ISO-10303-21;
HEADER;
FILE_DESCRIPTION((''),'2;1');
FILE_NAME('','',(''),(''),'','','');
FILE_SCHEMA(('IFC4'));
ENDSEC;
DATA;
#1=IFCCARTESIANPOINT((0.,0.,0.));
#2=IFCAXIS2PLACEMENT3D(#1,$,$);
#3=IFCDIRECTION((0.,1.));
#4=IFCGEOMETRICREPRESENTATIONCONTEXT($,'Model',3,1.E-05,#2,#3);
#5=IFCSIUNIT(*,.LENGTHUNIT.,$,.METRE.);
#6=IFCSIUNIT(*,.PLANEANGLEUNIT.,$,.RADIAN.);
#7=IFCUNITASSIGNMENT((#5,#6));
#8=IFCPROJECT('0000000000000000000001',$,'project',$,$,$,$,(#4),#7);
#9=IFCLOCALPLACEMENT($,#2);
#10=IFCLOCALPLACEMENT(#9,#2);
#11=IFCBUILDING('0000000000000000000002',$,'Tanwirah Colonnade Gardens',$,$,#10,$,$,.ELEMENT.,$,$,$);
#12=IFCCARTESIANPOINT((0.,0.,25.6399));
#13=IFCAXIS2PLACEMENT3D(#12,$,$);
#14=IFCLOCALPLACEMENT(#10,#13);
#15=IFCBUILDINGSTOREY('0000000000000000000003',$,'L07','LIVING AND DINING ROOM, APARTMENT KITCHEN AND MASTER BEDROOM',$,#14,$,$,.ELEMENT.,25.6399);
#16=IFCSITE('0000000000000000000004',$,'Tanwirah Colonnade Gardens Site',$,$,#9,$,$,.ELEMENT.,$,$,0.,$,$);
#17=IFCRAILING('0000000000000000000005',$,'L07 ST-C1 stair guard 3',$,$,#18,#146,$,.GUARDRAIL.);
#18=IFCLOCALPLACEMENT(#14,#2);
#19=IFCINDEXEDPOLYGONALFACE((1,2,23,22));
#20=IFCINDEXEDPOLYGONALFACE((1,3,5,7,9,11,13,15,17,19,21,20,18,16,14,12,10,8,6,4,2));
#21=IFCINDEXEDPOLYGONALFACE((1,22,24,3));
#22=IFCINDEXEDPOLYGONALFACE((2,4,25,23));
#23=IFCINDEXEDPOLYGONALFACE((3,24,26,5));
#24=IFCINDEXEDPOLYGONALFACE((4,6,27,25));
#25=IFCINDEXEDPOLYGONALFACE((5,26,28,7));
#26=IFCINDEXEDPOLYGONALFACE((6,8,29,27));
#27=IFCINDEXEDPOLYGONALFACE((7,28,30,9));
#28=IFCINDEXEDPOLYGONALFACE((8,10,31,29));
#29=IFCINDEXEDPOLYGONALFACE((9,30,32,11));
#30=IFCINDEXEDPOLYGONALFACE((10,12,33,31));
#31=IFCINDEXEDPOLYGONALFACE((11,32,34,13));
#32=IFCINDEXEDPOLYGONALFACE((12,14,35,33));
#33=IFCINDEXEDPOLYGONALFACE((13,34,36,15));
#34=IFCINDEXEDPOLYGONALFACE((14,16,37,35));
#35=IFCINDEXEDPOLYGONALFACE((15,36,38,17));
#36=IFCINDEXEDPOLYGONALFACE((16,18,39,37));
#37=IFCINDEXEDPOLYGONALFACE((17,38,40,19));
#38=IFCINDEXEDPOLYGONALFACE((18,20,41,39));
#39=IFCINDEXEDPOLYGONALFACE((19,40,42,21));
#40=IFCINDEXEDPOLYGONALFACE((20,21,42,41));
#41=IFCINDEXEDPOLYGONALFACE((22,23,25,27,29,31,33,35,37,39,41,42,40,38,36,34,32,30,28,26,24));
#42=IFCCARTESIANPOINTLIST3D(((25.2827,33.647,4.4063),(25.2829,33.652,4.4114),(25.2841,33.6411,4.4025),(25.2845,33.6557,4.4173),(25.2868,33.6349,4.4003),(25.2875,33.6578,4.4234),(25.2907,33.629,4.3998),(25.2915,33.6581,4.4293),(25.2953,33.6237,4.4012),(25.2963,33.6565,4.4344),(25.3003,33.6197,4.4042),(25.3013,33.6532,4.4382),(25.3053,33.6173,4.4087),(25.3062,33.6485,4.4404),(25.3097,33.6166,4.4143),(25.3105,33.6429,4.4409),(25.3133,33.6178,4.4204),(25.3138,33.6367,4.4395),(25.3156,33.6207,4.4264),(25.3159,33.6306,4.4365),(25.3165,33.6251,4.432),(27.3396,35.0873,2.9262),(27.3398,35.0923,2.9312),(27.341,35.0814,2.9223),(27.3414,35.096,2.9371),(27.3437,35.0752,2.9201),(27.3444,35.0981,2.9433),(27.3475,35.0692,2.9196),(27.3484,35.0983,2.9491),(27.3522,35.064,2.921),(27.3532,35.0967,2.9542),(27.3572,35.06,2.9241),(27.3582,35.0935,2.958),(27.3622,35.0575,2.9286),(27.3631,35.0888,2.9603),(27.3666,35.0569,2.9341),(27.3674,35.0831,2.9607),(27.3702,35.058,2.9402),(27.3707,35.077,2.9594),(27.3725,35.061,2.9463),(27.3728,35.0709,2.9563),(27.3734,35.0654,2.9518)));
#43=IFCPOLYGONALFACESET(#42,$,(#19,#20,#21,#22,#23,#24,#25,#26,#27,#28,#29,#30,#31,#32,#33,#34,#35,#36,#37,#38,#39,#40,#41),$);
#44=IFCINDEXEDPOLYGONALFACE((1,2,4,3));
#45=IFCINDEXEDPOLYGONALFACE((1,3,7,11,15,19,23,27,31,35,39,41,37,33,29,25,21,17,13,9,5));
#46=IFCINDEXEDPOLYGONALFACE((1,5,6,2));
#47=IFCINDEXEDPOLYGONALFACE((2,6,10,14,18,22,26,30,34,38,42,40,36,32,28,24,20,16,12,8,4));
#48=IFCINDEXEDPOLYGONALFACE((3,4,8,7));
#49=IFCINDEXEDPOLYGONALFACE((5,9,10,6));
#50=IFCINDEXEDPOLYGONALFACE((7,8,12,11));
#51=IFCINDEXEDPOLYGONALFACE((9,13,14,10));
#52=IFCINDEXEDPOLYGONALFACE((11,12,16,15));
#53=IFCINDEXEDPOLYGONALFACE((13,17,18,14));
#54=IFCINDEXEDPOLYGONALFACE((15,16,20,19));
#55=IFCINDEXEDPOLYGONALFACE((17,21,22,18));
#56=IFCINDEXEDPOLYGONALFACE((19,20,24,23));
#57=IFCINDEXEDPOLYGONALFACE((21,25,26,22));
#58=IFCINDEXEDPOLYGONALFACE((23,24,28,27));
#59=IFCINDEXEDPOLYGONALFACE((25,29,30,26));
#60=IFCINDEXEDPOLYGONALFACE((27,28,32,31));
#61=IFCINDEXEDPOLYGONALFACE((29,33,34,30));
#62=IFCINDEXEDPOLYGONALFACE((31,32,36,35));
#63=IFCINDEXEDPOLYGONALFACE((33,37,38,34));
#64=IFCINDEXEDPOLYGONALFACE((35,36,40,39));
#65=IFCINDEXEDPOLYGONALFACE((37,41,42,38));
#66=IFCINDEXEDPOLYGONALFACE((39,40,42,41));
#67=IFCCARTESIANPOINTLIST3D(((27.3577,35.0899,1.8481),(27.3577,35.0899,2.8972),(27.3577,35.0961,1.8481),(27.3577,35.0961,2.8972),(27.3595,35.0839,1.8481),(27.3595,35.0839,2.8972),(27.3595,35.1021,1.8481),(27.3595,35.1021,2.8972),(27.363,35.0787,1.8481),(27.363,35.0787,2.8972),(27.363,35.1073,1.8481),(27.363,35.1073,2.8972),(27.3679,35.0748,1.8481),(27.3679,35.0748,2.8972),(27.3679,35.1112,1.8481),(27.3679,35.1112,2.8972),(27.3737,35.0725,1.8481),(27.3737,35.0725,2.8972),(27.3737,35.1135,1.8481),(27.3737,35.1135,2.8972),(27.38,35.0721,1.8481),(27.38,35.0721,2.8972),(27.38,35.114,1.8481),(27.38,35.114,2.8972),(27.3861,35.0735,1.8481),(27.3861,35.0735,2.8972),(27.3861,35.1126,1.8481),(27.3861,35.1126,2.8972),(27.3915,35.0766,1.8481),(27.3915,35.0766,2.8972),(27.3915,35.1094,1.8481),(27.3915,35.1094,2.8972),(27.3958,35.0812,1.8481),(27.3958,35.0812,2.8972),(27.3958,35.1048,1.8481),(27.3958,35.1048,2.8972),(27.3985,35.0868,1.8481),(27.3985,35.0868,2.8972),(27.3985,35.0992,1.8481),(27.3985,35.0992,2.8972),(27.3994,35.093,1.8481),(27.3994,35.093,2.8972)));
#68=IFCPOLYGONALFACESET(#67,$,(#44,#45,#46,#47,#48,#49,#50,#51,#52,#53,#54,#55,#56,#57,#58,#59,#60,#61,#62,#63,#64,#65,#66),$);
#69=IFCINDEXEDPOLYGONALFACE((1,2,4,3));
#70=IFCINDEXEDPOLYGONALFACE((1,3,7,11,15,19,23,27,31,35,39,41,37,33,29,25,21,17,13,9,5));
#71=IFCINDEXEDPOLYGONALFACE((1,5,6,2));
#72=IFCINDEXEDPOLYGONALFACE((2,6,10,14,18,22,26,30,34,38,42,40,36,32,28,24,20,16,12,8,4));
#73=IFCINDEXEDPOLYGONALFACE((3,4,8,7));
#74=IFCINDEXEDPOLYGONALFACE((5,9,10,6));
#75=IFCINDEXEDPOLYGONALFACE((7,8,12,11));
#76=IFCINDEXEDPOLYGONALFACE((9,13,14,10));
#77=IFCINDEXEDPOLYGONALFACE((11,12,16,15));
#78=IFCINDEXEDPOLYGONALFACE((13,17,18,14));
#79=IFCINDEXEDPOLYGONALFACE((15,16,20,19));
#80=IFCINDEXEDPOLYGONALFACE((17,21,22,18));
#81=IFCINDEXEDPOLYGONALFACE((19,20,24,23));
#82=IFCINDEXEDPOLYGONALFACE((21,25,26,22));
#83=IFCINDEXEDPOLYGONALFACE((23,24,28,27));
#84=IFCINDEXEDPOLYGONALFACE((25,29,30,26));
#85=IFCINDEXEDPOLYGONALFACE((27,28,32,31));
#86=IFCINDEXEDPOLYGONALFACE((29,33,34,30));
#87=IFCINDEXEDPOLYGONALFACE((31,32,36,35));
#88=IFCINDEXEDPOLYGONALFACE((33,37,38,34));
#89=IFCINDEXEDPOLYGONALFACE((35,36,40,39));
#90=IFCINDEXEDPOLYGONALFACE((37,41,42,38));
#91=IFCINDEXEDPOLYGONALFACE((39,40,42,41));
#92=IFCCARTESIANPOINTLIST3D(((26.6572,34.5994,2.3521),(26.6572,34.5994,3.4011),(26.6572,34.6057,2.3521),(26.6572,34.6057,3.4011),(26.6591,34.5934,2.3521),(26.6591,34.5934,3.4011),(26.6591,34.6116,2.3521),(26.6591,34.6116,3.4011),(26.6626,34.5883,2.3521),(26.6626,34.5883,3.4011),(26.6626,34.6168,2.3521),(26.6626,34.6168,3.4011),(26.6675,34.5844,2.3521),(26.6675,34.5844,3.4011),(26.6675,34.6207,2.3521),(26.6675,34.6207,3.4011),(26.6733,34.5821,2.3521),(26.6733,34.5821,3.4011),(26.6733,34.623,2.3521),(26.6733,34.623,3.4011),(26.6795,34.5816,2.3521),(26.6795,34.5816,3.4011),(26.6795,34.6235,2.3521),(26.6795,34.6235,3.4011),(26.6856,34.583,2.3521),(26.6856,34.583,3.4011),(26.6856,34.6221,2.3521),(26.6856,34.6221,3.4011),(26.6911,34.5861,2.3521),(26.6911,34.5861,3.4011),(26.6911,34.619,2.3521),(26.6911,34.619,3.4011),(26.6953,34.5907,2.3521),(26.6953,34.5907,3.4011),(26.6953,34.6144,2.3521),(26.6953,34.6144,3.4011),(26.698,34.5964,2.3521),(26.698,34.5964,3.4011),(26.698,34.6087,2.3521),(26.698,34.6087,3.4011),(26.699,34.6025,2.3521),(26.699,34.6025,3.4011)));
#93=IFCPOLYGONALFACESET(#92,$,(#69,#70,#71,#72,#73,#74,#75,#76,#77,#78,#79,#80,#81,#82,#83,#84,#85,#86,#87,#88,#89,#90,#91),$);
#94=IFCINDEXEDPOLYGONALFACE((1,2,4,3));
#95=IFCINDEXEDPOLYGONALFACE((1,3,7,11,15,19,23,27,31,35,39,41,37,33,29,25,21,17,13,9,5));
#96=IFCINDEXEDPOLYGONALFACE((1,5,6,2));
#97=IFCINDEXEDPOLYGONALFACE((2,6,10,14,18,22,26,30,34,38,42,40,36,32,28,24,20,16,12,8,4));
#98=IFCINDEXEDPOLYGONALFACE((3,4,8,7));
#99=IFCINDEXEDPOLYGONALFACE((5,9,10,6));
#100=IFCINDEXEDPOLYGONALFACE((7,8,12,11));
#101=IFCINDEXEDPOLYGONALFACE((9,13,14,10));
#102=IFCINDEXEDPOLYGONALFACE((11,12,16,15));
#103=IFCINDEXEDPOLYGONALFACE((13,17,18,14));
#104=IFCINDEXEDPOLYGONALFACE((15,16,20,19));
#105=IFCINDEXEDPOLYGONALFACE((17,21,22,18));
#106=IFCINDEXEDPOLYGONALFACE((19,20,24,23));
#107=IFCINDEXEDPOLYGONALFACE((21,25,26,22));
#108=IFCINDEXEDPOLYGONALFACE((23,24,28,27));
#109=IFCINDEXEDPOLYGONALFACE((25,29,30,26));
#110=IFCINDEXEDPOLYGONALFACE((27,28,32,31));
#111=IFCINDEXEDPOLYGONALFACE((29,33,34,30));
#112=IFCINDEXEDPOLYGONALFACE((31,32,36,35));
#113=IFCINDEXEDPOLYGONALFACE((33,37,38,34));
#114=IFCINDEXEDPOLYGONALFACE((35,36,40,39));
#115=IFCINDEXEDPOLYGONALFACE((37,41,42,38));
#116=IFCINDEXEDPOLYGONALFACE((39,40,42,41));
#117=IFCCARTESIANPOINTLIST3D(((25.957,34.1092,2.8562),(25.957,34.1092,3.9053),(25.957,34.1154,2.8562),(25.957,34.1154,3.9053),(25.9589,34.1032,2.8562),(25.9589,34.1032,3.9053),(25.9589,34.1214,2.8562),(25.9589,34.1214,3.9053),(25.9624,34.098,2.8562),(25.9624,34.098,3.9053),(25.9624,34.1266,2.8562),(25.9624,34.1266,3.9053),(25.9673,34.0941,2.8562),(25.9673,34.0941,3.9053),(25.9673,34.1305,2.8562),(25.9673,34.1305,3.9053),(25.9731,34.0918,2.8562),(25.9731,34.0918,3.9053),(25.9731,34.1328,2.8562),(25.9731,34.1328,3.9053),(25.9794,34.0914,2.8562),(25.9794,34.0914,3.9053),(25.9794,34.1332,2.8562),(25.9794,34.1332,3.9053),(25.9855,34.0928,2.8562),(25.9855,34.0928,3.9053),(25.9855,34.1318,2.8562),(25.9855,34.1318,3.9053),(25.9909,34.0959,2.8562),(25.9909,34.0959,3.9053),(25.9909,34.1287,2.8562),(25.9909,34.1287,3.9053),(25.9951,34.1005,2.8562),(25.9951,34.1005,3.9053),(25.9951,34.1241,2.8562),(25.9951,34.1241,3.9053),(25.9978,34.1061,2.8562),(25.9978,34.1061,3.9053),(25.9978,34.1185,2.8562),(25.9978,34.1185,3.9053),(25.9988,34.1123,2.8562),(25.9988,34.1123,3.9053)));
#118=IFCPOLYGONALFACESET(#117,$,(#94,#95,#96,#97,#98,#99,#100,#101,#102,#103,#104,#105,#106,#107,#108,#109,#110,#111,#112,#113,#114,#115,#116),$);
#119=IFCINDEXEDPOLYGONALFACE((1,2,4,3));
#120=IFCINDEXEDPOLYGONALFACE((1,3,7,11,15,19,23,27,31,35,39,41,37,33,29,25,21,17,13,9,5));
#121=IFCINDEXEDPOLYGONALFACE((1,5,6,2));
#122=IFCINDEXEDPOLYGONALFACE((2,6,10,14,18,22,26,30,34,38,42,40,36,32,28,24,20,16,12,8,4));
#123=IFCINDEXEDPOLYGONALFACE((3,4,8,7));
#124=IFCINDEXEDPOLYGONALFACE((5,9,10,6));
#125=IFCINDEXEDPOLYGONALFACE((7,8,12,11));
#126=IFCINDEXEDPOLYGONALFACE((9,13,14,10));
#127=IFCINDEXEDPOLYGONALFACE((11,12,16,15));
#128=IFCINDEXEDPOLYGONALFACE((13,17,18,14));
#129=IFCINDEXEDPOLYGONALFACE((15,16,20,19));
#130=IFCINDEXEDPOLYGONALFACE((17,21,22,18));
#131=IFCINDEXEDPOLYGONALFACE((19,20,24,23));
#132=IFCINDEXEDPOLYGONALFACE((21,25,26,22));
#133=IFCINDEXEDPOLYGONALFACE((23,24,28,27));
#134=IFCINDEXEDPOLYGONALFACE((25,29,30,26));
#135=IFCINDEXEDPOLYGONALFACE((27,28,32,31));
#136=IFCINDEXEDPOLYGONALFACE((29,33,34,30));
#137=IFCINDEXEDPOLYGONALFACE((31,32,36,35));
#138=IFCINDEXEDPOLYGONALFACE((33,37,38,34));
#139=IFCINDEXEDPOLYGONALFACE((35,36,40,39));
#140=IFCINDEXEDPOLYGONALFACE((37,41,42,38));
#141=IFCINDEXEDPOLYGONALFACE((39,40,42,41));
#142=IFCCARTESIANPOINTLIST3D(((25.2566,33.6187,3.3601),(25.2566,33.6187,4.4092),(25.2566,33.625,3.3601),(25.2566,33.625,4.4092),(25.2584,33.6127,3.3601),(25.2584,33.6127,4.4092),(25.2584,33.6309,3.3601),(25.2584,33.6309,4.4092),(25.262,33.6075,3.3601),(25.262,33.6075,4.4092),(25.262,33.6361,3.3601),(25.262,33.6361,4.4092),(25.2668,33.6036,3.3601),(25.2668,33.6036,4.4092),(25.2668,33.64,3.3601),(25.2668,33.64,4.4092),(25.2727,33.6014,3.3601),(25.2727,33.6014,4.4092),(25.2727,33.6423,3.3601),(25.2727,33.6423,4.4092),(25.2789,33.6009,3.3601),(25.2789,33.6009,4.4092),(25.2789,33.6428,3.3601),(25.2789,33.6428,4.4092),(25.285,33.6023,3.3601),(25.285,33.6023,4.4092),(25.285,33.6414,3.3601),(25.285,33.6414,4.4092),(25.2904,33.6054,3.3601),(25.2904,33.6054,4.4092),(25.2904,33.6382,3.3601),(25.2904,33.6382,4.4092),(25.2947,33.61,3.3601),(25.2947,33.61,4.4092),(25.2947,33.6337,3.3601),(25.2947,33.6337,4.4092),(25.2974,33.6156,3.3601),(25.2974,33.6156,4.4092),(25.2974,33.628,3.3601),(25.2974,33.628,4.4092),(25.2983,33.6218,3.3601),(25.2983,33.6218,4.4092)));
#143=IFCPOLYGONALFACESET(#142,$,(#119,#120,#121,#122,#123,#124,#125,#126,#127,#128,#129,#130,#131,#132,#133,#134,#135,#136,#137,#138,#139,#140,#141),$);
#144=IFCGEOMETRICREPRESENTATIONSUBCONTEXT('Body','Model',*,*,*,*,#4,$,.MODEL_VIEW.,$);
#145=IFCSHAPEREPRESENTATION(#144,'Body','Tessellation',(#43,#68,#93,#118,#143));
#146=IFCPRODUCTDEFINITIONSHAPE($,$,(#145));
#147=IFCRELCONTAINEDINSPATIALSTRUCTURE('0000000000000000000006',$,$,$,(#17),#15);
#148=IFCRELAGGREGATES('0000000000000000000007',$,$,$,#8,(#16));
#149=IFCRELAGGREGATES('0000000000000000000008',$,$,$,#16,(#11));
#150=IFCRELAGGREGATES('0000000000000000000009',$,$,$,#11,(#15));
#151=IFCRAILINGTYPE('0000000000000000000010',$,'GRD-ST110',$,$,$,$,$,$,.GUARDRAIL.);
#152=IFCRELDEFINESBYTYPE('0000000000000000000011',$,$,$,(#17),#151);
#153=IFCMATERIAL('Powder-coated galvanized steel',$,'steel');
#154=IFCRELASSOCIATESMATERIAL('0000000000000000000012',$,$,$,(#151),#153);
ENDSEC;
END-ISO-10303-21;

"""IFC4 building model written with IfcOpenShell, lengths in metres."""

from ifc_helpers import new_model, si_unit, direction, frame, origin, origin_2d, place, context, subcontext, project, spatial, circle, extrude, material, type_object, element, save


model = new_model("IFC4")

# Units and contexts
model_context = context("Model", 3, precision=1e-05, world=origin(), true_north=direction((0.0, 1.0)))
body_context = subcontext(model_context, "Body", "Model", "MODEL_VIEW")
ifc_project = project(units=[si_unit("LENGTHUNIT", "METRE"), si_unit("PLANEANGLEUNIT", "RADIAN")], contexts=[model_context])

# Site, building, storey
site_placement = place(None, origin())
site = spatial("IfcSite", under=ifc_project, at=site_placement, Name="Tanwirah Colonnade Gardens Site", CompositionType="ELEMENT", RefElevation=0.0)
building_placement = place(site_placement, origin())
building = spatial("IfcBuilding", under=site, at=building_placement, Name="Tanwirah Colonnade Gardens", CompositionType="ELEMENT")
storey_placement = place(building_placement, frame((0.0, 0.0, 25.6399)))
storey = spatial("IfcBuildingStorey", under=building, at=storey_placement, Name="L07", Description="LIVING AND DINING ROOM, APARTMENT KITCHEN AND MASTER BEDROOM", CompositionType="ELEMENT", Elevation=25.6399)

# Railing
ifc_material_1 = material(Name="Powder-coated galvanized steel", Category="steel")
railing_type_1 = type_object("IfcRailingType", Name="GRD-ST110", PredefinedType="GUARDRAIL", material=ifc_material_1)
railing_1_placement = place(storey_placement, frame((27.3784, 35.093, 1.8481)))
element("IfcRailing", 1, at=railing_1_placement, inside=storey, type_object=railing_type_1, Name="L07 ST-C1 stair guard 3", PredefinedType="GUARDRAIL", context=body_context, shape_type="SweptSolid", body=[
    extrude(circle(Radius=0.0239, at=origin_2d()), frame((-0.022, -0.0154, 1.092), z_axis=(-0.705673, -0.494118, 0.507812), x_axis=(0.573577, -0.819151, 0.0)), (0.0, 0.0, 1.0), 2.9148),
    extrude(circle(Radius=0.021, at=origin_2d()), origin(), (0.0, 0.0, 1.0), 1.0491),
    extrude(circle(Radius=0.021, at=origin_2d()), frame((-0.7004, -0.4905, 0.5039)), (0.0, 0.0, 1.0), 1.0491),
    extrude(circle(Radius=0.021, at=origin_2d()), frame((-1.4006, -0.9807, 1.0081)), (0.0, 0.0, 1.0), 1.0491),
    extrude(circle(Radius=0.021, at=origin_2d()), frame((-2.1011, -1.4712, 1.512)), (0.0, 0.0, 1.0), 1.0491),
])

save(model, "model.ifc")
